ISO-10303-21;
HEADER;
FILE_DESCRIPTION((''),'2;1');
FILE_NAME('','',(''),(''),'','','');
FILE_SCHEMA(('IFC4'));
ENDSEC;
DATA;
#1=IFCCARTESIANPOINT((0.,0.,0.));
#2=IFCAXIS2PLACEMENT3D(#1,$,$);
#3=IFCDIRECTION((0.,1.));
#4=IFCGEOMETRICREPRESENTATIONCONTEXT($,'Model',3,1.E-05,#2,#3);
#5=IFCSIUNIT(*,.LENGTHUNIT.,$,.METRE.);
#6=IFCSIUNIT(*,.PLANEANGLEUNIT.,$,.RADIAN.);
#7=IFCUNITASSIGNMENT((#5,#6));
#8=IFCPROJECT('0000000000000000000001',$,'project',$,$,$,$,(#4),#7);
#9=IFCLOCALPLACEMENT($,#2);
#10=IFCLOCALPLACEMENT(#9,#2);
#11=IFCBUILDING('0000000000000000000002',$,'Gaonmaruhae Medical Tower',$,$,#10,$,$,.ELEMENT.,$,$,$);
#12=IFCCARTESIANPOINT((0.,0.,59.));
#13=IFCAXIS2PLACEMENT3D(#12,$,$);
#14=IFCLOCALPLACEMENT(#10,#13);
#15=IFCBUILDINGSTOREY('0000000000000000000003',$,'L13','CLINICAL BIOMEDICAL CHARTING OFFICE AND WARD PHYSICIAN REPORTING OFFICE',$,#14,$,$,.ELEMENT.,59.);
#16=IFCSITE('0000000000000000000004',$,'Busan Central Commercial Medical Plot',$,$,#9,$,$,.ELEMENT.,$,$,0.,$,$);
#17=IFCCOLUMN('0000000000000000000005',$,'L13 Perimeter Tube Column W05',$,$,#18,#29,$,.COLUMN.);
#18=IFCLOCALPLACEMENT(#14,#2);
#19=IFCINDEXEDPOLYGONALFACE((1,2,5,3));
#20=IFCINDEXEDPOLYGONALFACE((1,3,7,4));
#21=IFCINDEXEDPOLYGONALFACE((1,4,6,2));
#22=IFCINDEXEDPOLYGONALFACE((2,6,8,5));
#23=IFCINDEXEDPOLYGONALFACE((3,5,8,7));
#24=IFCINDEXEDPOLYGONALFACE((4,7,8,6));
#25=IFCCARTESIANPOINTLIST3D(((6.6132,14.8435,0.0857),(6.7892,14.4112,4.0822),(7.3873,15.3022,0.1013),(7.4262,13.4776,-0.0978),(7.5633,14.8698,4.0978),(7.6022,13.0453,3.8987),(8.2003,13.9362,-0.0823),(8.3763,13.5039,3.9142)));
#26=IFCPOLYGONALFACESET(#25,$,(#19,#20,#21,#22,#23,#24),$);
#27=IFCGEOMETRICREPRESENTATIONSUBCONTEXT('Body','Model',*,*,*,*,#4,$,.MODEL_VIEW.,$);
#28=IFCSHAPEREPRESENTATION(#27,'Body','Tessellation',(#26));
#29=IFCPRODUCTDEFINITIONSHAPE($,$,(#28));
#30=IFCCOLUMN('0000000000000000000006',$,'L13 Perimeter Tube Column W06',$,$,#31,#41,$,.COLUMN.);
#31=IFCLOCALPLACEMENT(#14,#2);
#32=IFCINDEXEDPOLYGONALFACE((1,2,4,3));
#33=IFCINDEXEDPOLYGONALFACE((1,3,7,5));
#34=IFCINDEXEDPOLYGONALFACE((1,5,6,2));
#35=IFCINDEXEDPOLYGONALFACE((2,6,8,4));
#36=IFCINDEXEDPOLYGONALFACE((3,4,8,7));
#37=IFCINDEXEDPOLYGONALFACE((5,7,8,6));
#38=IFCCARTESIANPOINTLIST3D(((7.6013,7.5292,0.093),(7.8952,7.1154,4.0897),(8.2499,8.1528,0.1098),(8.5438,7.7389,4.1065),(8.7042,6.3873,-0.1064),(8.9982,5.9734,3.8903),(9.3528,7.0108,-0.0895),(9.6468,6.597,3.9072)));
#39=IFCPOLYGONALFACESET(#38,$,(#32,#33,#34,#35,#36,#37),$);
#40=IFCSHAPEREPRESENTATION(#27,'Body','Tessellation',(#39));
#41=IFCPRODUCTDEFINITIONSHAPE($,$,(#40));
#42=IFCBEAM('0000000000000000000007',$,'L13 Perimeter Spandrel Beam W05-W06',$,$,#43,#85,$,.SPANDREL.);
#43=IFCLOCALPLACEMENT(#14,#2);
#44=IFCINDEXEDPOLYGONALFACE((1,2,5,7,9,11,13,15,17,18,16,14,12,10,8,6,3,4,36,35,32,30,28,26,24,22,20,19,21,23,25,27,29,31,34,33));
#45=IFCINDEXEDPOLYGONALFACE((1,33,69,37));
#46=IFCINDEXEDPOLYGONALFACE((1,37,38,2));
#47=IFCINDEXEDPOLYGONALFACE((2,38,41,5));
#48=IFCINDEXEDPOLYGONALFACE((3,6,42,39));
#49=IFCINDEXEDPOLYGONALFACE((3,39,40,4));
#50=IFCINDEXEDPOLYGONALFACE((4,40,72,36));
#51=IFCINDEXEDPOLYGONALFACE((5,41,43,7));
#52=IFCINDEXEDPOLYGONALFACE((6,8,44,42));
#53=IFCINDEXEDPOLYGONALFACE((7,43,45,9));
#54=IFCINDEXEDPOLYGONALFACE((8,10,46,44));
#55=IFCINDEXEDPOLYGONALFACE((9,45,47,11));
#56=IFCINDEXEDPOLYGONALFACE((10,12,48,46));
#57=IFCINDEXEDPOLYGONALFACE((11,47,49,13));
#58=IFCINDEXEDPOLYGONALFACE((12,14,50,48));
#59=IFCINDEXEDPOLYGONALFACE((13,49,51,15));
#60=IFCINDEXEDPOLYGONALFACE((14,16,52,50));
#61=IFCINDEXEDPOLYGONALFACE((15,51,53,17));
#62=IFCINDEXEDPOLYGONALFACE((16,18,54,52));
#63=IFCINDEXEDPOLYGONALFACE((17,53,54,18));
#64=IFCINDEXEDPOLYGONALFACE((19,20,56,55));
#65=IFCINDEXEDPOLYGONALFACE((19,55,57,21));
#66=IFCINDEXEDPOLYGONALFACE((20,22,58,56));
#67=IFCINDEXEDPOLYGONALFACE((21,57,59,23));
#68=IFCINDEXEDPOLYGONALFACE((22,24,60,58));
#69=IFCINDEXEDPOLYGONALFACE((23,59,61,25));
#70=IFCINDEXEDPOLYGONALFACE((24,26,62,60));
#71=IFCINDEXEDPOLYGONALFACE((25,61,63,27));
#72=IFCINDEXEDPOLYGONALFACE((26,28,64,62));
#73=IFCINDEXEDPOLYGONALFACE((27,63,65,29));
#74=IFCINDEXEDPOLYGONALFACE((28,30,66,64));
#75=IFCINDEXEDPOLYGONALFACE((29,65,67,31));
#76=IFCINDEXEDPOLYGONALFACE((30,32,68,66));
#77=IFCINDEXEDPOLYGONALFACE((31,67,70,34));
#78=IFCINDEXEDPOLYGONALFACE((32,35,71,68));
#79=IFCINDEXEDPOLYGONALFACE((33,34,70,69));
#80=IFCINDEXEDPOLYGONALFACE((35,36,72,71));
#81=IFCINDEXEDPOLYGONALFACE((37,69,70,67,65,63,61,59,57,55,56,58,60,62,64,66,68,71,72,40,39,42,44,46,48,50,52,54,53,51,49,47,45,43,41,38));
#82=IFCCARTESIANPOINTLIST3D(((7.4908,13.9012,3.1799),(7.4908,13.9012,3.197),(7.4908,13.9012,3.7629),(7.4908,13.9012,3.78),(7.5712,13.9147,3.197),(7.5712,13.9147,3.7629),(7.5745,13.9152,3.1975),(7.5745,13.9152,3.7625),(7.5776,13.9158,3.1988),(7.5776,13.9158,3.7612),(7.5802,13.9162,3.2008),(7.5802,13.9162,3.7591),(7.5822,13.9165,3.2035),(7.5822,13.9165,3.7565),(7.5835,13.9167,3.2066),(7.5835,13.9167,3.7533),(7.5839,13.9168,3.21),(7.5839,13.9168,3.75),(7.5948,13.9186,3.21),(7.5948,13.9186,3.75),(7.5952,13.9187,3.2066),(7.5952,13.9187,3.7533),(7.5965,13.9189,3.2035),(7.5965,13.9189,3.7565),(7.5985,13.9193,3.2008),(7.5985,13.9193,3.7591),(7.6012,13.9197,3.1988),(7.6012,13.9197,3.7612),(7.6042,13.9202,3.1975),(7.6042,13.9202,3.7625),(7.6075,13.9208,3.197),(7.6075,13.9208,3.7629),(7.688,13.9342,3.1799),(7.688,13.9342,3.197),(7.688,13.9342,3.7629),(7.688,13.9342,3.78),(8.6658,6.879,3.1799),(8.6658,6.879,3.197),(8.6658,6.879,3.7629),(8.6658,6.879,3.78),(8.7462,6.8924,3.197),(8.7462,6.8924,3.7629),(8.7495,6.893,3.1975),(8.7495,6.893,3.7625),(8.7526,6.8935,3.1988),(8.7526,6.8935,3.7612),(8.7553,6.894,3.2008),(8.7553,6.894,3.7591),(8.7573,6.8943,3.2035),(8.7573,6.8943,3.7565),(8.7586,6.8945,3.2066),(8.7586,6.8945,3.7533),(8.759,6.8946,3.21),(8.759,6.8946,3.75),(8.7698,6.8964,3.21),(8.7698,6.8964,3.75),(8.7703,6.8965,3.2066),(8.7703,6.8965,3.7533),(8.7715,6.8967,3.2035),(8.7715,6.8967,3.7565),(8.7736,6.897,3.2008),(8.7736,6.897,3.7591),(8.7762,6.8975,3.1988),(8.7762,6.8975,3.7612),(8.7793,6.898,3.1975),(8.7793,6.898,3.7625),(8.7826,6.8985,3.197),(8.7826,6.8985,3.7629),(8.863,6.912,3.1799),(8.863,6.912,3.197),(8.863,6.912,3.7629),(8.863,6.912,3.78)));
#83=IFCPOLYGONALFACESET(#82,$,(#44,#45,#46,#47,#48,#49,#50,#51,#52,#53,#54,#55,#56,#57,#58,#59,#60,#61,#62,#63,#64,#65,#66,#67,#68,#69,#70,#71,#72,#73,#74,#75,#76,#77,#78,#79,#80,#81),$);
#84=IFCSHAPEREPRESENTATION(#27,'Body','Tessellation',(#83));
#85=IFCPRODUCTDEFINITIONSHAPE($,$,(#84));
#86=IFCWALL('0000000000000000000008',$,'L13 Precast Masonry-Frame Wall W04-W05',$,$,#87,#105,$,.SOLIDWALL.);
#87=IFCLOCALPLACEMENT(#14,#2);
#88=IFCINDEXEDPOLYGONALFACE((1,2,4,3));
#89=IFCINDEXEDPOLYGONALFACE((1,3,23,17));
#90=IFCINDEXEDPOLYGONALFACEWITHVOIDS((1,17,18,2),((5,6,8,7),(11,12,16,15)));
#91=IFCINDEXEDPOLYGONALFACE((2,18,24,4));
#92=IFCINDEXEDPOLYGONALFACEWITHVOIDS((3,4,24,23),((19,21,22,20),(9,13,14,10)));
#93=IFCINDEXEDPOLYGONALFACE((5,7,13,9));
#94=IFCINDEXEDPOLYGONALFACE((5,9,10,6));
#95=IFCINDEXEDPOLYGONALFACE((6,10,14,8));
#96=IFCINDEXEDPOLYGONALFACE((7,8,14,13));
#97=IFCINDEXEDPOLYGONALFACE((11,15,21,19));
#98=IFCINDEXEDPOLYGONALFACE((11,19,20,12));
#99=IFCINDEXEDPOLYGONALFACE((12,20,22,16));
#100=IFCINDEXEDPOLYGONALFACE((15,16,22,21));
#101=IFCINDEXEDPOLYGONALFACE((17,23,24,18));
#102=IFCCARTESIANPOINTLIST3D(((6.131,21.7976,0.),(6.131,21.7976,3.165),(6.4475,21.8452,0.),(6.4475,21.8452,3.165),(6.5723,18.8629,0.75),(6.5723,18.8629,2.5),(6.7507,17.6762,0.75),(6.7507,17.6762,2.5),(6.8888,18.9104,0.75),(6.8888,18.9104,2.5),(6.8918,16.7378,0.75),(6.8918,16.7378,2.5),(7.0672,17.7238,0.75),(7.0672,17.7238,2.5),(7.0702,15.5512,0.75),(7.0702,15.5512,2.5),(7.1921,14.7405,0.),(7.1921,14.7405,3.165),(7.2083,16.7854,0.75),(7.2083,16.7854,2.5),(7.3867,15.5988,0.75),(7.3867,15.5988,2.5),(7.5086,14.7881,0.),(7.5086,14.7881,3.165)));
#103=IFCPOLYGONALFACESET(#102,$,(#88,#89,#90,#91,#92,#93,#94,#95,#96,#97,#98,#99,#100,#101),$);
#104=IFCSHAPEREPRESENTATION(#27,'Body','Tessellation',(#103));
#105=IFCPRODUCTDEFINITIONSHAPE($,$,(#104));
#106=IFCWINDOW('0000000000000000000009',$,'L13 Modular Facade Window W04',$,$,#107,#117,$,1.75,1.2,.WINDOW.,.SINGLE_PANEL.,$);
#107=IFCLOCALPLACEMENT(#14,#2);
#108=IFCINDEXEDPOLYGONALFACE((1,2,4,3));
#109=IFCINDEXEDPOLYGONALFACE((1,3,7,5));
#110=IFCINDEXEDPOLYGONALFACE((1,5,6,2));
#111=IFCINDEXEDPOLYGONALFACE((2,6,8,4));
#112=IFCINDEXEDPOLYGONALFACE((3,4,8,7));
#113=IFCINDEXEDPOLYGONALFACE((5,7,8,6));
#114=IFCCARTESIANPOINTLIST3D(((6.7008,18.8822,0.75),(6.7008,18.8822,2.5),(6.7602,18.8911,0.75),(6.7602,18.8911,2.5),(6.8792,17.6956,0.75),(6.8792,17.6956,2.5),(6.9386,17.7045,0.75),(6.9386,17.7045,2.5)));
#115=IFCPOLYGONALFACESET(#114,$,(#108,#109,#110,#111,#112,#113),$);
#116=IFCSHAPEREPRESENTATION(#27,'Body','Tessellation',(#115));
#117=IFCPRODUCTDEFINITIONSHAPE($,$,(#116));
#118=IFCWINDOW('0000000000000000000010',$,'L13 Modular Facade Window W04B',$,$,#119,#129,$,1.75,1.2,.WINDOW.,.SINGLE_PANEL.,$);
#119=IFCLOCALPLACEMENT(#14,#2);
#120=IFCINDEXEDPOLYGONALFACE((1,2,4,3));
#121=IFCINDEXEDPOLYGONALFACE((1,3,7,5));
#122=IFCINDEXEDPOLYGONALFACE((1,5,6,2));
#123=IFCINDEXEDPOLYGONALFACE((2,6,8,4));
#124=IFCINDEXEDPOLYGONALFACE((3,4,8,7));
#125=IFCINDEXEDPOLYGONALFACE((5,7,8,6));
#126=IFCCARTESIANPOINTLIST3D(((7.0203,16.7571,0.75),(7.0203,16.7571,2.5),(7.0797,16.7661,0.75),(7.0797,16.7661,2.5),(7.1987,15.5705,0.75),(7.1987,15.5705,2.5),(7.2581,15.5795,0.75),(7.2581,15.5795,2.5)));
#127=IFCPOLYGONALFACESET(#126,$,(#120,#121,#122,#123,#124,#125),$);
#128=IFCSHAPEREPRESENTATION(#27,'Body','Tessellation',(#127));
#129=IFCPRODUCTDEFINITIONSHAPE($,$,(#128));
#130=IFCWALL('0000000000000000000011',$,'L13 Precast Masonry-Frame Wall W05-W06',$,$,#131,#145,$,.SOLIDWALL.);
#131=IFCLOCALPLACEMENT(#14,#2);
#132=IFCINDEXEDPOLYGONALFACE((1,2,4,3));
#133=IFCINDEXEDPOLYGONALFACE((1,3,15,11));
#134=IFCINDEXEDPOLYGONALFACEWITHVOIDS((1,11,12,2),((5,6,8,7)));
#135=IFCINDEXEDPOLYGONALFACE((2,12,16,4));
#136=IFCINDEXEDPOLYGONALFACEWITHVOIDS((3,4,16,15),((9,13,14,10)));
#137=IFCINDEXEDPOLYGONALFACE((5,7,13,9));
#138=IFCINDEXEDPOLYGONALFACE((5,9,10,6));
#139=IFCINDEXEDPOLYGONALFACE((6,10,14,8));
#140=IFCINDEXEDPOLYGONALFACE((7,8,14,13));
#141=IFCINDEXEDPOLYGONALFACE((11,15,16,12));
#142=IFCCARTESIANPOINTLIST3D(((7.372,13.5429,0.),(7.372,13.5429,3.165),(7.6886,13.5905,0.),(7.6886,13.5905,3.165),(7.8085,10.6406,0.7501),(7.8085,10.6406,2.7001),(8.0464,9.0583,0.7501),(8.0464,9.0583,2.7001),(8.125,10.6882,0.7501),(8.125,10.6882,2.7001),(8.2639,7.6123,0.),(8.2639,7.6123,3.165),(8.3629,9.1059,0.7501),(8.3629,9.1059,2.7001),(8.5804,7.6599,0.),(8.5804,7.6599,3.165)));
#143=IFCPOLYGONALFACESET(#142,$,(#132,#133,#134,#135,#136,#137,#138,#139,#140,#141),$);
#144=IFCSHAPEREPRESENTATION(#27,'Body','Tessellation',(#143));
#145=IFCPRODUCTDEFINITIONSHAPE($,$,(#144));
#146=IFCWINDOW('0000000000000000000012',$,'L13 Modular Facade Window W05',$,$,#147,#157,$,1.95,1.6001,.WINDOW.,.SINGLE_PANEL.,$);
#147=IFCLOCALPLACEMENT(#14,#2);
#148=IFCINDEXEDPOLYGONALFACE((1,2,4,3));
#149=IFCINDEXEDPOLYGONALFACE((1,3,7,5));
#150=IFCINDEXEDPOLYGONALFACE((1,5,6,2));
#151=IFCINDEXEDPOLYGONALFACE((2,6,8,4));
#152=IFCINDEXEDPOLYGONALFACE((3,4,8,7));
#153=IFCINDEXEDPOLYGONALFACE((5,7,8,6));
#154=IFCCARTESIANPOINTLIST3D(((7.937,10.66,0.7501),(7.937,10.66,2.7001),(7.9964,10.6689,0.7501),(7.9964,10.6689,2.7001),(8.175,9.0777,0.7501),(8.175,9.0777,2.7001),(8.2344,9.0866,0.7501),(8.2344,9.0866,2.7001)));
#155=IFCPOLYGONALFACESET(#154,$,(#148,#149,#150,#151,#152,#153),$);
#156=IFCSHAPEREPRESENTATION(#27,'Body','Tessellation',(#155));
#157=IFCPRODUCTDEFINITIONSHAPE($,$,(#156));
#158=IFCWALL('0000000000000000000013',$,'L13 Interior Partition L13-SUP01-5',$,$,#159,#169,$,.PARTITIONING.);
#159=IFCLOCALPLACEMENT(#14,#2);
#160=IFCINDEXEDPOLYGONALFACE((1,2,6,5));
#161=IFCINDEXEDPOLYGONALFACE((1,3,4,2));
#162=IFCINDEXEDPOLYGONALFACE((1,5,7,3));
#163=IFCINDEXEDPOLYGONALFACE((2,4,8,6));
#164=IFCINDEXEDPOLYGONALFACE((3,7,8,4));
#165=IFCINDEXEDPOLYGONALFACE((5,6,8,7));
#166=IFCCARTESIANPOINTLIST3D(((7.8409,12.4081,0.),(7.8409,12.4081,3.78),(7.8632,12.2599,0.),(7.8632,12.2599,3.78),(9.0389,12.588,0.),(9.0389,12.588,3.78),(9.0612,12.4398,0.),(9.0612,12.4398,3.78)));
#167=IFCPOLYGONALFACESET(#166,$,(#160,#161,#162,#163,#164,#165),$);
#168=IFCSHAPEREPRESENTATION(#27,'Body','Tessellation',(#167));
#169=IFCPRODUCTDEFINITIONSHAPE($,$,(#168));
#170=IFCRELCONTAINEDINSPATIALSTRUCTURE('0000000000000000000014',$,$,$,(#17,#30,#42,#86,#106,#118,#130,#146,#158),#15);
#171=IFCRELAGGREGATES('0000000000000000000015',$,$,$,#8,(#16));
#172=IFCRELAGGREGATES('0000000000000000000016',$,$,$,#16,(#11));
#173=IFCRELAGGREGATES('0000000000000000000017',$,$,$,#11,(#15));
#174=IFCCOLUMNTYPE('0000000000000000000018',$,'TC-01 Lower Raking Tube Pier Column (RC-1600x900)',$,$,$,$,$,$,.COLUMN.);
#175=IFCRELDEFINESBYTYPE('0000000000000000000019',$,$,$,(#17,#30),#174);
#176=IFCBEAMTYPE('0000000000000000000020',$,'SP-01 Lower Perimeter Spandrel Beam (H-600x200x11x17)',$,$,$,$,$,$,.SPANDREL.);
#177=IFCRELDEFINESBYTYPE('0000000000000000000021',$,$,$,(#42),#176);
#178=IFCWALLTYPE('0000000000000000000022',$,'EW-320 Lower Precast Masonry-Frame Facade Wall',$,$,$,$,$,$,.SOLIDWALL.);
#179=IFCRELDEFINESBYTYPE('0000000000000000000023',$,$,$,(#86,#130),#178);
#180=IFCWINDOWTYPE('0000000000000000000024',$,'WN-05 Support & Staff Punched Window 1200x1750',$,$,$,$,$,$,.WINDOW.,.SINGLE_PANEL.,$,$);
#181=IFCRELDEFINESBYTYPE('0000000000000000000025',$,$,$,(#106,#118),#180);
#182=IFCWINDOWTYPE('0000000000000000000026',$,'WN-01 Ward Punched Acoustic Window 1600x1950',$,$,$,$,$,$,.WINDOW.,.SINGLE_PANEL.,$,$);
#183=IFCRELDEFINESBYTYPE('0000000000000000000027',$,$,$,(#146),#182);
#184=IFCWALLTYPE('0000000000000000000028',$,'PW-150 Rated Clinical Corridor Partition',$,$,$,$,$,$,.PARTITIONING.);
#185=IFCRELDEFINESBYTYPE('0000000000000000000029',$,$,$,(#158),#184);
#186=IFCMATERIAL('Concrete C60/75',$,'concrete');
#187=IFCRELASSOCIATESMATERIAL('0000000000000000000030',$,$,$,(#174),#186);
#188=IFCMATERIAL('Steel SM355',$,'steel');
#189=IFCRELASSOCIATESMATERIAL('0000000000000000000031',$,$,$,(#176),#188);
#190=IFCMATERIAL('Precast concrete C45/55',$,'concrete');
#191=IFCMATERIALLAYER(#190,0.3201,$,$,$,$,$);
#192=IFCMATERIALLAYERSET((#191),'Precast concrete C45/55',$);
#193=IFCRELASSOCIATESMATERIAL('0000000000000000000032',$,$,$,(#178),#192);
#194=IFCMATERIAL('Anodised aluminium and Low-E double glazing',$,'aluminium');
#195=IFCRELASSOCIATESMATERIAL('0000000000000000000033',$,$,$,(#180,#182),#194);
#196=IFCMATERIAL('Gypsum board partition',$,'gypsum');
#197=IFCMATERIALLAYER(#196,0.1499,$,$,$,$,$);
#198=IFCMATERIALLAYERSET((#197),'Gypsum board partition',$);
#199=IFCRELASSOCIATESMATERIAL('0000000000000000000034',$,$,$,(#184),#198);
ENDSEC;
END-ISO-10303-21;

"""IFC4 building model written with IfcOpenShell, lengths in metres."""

from ifc_helpers import new_model, si_unit, direction, frame, frame_2d, origin, origin_2d, place, context, subcontext, project, spatial, rectangle, i_section, extrude, material, layer, layer_set, material_profile, profile_set, type_object, element, fill, save


model = new_model("IFC4")

# Units and contexts
model_context = context("Model", 3, precision=1e-05, world=origin(), true_north=direction((0.0, 1.0)))
body_context = subcontext(model_context, "Body", "Model", "MODEL_VIEW")
ifc_project = project(units=[si_unit("LENGTHUNIT", "METRE"), si_unit("PLANEANGLEUNIT", "RADIAN")], contexts=[model_context])

# Site, building, storey
site_placement = place(None, origin())
site = spatial("IfcSite", under=ifc_project, at=site_placement, Name="Busan Central Commercial Medical Plot", CompositionType="ELEMENT", RefElevation=0.0)
building_placement = place(site_placement, origin())
building = spatial("IfcBuilding", under=site, at=building_placement, Name="Gaonmaruhae Medical Tower", CompositionType="ELEMENT")
storey_placement = place(building_placement, frame((0.0, 0.0, 59.0)))
storey = spatial("IfcBuildingStorey", under=building, at=storey_placement, Name="L13", Description="CLINICAL BIOMEDICAL CHARTING OFFICE AND WARD PHYSICIAN REPORTING OFFICE", CompositionType="ELEMENT", Elevation=59.0)

# Columns
ifc_material_1 = material(Name="Concrete C60/75", Category="concrete")
ifc_material_profile_1 = material_profile(ifc_material_1, rectangle(XDim=1.6001, YDim=0.8999, at=origin_2d()), Name="RC-1600x900")
ifc_profile_set_1 = profile_set([ifc_material_profile_1], Name="Concrete C60/75")
column_type = type_object("IfcColumnType", Name="TC-01 Lower Raking Tube Pier Column (RC-1600x900)", PredefinedType="COLUMN", material=ifc_profile_set_1)
column_1_placement = place(storey_placement, frame((7.4067, 14.3899, 0.0017), z_axis=(0.043747, -0.107455, 0.993247), x_axis=(-0.508054, 0.85365, 0.114729)))
element("IfcColumn", 1, at=column_1_placement, inside=storey, type_object=column_type, Name="L13 Perimeter Tube Column W05", PredefinedType="COLUMN", context=body_context, shape_type="SweptSolid", body=[
    extrude(rectangle(XDim=1.6001, YDim=0.8999, at=origin_2d()), origin(), (0.0, 0.0, 1.0), 4.0237),
])
column_2_placement = place(storey_placement, frame((8.4771, 7.27, 0.0017), z_axis=(0.072963, -0.102718, 0.992031), x_axis=(-0.689305, 0.713677, 0.124594)))
element("IfcColumn", 2, at=column_2_placement, inside=storey, type_object=column_type, Name="L13 Perimeter Tube Column W06", PredefinedType="COLUMN", context=body_context, shape_type="SweptSolid", body=[
    extrude(rectangle(XDim=1.6001, YDim=0.8999, at=origin_2d()), origin(), (0.0, 0.0, 1.0), 4.0288),
])

# Beam
ifc_material_2 = material(Name="Steel SM355", Category="steel")
ifc_material_profile_2 = material_profile(ifc_material_2, i_section(OverallWidth=0.2, OverallDepth=0.6001, WebThickness=0.011, FlangeThickness=0.0171, FilletRadius=0.0129, at=origin_2d()), Name="H-600x200x11x17")
ifc_profile_set_2 = profile_set([ifc_material_profile_2], Name="Steel SM355")
beam_type = type_object("IfcBeamType", Name="SP-01 Lower Perimeter Spandrel Beam (H-600x200x11x17)", PredefinedType="SPANDREL", material=ifc_profile_set_2)
beam_placement = place(storey_placement, frame((7.5894, 13.9177, 3.48), z_axis=(0.165038, -0.986287, 0.0), x_axis=(0.986287, 0.165038, 0.0)))
element("IfcBeam", 3, at=beam_placement, inside=storey, type_object=beam_type, Name="L13 Perimeter Spandrel Beam W05-W06", PredefinedType="SPANDREL", context=body_context, shape_type="SweptSolid", body=[
    extrude(i_section(OverallWidth=0.2, OverallDepth=0.6001, WebThickness=0.011, FlangeThickness=0.0171, FilletRadius=0.0129, at=origin_2d()), origin(), (0.0, 0.0, 1.0), 7.1199),
])

# Wall, openings, windows
ifc_material_3 = material(Name="Precast concrete C45/55", Category="concrete")
ifc_layer_1 = layer(ifc_material_3, 0.3201)
ifc_layer_set_1 = layer_set([ifc_layer_1], Name="Precast concrete C45/55")
wall_type_1 = type_object("IfcWallType", Name="EW-320 Lower Precast Masonry-Frame Facade Wall", PredefinedType="SOLIDWALL", material=ifc_layer_set_1)
wall_1_placement = place(storey_placement, frame((7.3503, 14.7642, 0.0), z_axis=(0.0, 0.0, 1.0), x_axis=(-0.148678, 0.988886, 0.0)))
wall_1 = element("IfcWall", 4, at=wall_1_placement, inside=storey, type_object=wall_type_1, Name="L13 Precast Masonry-Frame Wall W04-W05", PredefinedType="SOLIDWALL", context=body_context, shape_type="SweptSolid", body=[
    extrude(rectangle(XDim=7.1365, YDim=0.3201, at=frame_2d((3.5684, 0.0))), origin(), (0.0, 0.0, 1.0), 3.165),
])
opening_1_placement = place(wall_1_placement, frame((2.9688, 0.0, 0.75)))
opening_1 = element("IfcOpeningElement", 5, at=opening_1_placement, cuts=wall_1, PredefinedType="OPENING", context=body_context, shape_type="SweptSolid", body=[
    extrude(rectangle(XDim=1.2, YDim=1.75, at=frame_2d((0.6001, 0.875))), frame((0.0, 0.1699, 0.0), z_axis=(0.0, -1.0, 0.0), x_axis=(1.0, 0.0, 0.0)), (0.0, 0.0, 1.0), 0.3401),
])
opening_2_placement = place(wall_1_placement, frame((0.8198, 0.0, 0.75)))
opening_2 = element("IfcOpeningElement", 6, at=opening_2_placement, cuts=wall_1, PredefinedType="OPENING", context=body_context, shape_type="SweptSolid", body=[
    extrude(rectangle(XDim=1.2, YDim=1.75, at=frame_2d((0.6001, 0.875))), frame((0.0, 0.1699, 0.0), z_axis=(0.0, -1.0, 0.0), x_axis=(1.0, 0.0, 0.0)), (0.0, 0.0, 1.0), 0.3401),
])
ifc_material_4 = material(Name="Anodised aluminium and Low-E double glazing", Category="aluminium")
window_type_1 = type_object("IfcWindowType", Name="WN-05 Support & Staff Punched Window 1200x1750", PartitioningType="SINGLE_PANEL", PredefinedType="WINDOW", material=ifc_material_4)
window_1_placement = place(opening_1_placement, origin())
window_1 = element("IfcWindow", 7, at=window_1_placement, inside=storey, type_object=window_type_1, Name="L13 Modular Facade Window W04", OverallHeight=1.75, OverallWidth=1.2, PartitioningType="SINGLE_PANEL", PredefinedType="WINDOW", context=body_context, shape_type="SweptSolid", body=[
    extrude(rectangle(XDim=1.2, YDim=1.75, at=frame_2d((0.6001, 0.875))), frame((0.0, 0.03, 0.0), z_axis=(0.0, -1.0, 0.0), x_axis=(1.0, 0.0, 0.0)), (0.0, 0.0, 1.0), 0.0601),
])
fill(opening_1, window_1)
window_2_placement = place(opening_2_placement, origin())
window_2 = element("IfcWindow", 8, at=window_2_placement, inside=storey, type_object=window_type_1, Name="L13 Modular Facade Window W04B", OverallHeight=1.75, OverallWidth=1.2, PartitioningType="SINGLE_PANEL", PredefinedType="WINDOW", context=body_context, shape_type="SweptSolid", body=[
    extrude(rectangle(XDim=1.2, YDim=1.75, at=frame_2d((0.6001, 0.875))), frame((0.0, 0.03, 0.0), z_axis=(0.0, -1.0, 0.0), x_axis=(1.0, 0.0, 0.0)), (0.0, 0.0, 1.0), 0.0601),
])
fill(opening_2, window_2)

# Wall, opening, window
wall_2_placement = place(storey_placement, frame((8.4221, 7.6362, 0.0), z_axis=(0.0, 0.0, 1.0), x_axis=(-0.148707, 0.988881, 0.0)))
wall_2 = element("IfcWall", 9, at=wall_2_placement, inside=storey, type_object=wall_type_1, Name="L13 Precast Masonry-Frame Wall W05-W06", PredefinedType="SOLIDWALL", context=body_context, shape_type="SweptSolid", body=[
    extrude(rectangle(XDim=5.9973, YDim=0.3201, at=frame_2d((2.9985, 0.0))), origin(), (0.0, 0.0, 1.0), 3.165),
])
opening_3_placement = place(wall_2_placement, frame((1.4622, 0.0, 0.75)))
opening_3 = element("IfcOpeningElement", 10, at=opening_3_placement, cuts=wall_2, PredefinedType="OPENING", context=body_context, shape_type="SweptSolid", body=[
    extrude(rectangle(XDim=1.6001, YDim=1.95, at=frame_2d((0.8, 0.9751))), frame((0.0, 0.1699, 0.0), z_axis=(0.0, -1.0, 0.0), x_axis=(1.0, 0.0, 0.0)), (0.0, 0.0, 1.0), 0.3401),
])
window_type_2 = type_object("IfcWindowType", Name="WN-01 Ward Punched Acoustic Window 1600x1950", PartitioningType="SINGLE_PANEL", PredefinedType="WINDOW", material=ifc_material_4)
window_3_placement = place(opening_3_placement, origin())
window_3 = element("IfcWindow", 11, at=window_3_placement, inside=storey, type_object=window_type_2, Name="L13 Modular Facade Window W05", OverallHeight=1.95, OverallWidth=1.6001, PartitioningType="SINGLE_PANEL", PredefinedType="WINDOW", context=body_context, shape_type="SweptSolid", body=[
    extrude(rectangle(XDim=1.6001, YDim=1.95, at=frame_2d((0.8, 0.9751))), frame((0.0, 0.03, 0.0), z_axis=(0.0, -1.0, 0.0), x_axis=(1.0, 0.0, 0.0)), (0.0, 0.0, 1.0), 0.0601),
])
fill(opening_3, window_3)

# Wall
ifc_material_5 = material(Name="Gypsum board partition", Category="gypsum")
ifc_layer_2 = layer(ifc_material_5, 0.1499)
ifc_layer_set_2 = layer_set([ifc_layer_2], Name="Gypsum board partition")
wall_type_2 = type_object("IfcWallType", Name="PW-150 Rated Clinical Corridor Partition", PredefinedType="PARTITIONING", material=ifc_layer_set_2)
wall_3_placement = place(storey_placement, frame((7.8521, 12.334, 0.0), z_axis=(0.0, 0.0, 1.0), x_axis=(0.988908, 0.148528, 0.0)))
element("IfcWall", 12, at=wall_3_placement, inside=storey, type_object=wall_type_2, Name="L13 Interior Partition L13-SUP01-5", PredefinedType="PARTITIONING", context=body_context, shape_type="SweptSolid", body=[
    extrude(rectangle(XDim=1.2114, YDim=0.1499, at=frame_2d((0.6057, 0.0))), origin(), (0.0, 0.0, 1.0), 3.78),
])

save(model, "model.ifc")
